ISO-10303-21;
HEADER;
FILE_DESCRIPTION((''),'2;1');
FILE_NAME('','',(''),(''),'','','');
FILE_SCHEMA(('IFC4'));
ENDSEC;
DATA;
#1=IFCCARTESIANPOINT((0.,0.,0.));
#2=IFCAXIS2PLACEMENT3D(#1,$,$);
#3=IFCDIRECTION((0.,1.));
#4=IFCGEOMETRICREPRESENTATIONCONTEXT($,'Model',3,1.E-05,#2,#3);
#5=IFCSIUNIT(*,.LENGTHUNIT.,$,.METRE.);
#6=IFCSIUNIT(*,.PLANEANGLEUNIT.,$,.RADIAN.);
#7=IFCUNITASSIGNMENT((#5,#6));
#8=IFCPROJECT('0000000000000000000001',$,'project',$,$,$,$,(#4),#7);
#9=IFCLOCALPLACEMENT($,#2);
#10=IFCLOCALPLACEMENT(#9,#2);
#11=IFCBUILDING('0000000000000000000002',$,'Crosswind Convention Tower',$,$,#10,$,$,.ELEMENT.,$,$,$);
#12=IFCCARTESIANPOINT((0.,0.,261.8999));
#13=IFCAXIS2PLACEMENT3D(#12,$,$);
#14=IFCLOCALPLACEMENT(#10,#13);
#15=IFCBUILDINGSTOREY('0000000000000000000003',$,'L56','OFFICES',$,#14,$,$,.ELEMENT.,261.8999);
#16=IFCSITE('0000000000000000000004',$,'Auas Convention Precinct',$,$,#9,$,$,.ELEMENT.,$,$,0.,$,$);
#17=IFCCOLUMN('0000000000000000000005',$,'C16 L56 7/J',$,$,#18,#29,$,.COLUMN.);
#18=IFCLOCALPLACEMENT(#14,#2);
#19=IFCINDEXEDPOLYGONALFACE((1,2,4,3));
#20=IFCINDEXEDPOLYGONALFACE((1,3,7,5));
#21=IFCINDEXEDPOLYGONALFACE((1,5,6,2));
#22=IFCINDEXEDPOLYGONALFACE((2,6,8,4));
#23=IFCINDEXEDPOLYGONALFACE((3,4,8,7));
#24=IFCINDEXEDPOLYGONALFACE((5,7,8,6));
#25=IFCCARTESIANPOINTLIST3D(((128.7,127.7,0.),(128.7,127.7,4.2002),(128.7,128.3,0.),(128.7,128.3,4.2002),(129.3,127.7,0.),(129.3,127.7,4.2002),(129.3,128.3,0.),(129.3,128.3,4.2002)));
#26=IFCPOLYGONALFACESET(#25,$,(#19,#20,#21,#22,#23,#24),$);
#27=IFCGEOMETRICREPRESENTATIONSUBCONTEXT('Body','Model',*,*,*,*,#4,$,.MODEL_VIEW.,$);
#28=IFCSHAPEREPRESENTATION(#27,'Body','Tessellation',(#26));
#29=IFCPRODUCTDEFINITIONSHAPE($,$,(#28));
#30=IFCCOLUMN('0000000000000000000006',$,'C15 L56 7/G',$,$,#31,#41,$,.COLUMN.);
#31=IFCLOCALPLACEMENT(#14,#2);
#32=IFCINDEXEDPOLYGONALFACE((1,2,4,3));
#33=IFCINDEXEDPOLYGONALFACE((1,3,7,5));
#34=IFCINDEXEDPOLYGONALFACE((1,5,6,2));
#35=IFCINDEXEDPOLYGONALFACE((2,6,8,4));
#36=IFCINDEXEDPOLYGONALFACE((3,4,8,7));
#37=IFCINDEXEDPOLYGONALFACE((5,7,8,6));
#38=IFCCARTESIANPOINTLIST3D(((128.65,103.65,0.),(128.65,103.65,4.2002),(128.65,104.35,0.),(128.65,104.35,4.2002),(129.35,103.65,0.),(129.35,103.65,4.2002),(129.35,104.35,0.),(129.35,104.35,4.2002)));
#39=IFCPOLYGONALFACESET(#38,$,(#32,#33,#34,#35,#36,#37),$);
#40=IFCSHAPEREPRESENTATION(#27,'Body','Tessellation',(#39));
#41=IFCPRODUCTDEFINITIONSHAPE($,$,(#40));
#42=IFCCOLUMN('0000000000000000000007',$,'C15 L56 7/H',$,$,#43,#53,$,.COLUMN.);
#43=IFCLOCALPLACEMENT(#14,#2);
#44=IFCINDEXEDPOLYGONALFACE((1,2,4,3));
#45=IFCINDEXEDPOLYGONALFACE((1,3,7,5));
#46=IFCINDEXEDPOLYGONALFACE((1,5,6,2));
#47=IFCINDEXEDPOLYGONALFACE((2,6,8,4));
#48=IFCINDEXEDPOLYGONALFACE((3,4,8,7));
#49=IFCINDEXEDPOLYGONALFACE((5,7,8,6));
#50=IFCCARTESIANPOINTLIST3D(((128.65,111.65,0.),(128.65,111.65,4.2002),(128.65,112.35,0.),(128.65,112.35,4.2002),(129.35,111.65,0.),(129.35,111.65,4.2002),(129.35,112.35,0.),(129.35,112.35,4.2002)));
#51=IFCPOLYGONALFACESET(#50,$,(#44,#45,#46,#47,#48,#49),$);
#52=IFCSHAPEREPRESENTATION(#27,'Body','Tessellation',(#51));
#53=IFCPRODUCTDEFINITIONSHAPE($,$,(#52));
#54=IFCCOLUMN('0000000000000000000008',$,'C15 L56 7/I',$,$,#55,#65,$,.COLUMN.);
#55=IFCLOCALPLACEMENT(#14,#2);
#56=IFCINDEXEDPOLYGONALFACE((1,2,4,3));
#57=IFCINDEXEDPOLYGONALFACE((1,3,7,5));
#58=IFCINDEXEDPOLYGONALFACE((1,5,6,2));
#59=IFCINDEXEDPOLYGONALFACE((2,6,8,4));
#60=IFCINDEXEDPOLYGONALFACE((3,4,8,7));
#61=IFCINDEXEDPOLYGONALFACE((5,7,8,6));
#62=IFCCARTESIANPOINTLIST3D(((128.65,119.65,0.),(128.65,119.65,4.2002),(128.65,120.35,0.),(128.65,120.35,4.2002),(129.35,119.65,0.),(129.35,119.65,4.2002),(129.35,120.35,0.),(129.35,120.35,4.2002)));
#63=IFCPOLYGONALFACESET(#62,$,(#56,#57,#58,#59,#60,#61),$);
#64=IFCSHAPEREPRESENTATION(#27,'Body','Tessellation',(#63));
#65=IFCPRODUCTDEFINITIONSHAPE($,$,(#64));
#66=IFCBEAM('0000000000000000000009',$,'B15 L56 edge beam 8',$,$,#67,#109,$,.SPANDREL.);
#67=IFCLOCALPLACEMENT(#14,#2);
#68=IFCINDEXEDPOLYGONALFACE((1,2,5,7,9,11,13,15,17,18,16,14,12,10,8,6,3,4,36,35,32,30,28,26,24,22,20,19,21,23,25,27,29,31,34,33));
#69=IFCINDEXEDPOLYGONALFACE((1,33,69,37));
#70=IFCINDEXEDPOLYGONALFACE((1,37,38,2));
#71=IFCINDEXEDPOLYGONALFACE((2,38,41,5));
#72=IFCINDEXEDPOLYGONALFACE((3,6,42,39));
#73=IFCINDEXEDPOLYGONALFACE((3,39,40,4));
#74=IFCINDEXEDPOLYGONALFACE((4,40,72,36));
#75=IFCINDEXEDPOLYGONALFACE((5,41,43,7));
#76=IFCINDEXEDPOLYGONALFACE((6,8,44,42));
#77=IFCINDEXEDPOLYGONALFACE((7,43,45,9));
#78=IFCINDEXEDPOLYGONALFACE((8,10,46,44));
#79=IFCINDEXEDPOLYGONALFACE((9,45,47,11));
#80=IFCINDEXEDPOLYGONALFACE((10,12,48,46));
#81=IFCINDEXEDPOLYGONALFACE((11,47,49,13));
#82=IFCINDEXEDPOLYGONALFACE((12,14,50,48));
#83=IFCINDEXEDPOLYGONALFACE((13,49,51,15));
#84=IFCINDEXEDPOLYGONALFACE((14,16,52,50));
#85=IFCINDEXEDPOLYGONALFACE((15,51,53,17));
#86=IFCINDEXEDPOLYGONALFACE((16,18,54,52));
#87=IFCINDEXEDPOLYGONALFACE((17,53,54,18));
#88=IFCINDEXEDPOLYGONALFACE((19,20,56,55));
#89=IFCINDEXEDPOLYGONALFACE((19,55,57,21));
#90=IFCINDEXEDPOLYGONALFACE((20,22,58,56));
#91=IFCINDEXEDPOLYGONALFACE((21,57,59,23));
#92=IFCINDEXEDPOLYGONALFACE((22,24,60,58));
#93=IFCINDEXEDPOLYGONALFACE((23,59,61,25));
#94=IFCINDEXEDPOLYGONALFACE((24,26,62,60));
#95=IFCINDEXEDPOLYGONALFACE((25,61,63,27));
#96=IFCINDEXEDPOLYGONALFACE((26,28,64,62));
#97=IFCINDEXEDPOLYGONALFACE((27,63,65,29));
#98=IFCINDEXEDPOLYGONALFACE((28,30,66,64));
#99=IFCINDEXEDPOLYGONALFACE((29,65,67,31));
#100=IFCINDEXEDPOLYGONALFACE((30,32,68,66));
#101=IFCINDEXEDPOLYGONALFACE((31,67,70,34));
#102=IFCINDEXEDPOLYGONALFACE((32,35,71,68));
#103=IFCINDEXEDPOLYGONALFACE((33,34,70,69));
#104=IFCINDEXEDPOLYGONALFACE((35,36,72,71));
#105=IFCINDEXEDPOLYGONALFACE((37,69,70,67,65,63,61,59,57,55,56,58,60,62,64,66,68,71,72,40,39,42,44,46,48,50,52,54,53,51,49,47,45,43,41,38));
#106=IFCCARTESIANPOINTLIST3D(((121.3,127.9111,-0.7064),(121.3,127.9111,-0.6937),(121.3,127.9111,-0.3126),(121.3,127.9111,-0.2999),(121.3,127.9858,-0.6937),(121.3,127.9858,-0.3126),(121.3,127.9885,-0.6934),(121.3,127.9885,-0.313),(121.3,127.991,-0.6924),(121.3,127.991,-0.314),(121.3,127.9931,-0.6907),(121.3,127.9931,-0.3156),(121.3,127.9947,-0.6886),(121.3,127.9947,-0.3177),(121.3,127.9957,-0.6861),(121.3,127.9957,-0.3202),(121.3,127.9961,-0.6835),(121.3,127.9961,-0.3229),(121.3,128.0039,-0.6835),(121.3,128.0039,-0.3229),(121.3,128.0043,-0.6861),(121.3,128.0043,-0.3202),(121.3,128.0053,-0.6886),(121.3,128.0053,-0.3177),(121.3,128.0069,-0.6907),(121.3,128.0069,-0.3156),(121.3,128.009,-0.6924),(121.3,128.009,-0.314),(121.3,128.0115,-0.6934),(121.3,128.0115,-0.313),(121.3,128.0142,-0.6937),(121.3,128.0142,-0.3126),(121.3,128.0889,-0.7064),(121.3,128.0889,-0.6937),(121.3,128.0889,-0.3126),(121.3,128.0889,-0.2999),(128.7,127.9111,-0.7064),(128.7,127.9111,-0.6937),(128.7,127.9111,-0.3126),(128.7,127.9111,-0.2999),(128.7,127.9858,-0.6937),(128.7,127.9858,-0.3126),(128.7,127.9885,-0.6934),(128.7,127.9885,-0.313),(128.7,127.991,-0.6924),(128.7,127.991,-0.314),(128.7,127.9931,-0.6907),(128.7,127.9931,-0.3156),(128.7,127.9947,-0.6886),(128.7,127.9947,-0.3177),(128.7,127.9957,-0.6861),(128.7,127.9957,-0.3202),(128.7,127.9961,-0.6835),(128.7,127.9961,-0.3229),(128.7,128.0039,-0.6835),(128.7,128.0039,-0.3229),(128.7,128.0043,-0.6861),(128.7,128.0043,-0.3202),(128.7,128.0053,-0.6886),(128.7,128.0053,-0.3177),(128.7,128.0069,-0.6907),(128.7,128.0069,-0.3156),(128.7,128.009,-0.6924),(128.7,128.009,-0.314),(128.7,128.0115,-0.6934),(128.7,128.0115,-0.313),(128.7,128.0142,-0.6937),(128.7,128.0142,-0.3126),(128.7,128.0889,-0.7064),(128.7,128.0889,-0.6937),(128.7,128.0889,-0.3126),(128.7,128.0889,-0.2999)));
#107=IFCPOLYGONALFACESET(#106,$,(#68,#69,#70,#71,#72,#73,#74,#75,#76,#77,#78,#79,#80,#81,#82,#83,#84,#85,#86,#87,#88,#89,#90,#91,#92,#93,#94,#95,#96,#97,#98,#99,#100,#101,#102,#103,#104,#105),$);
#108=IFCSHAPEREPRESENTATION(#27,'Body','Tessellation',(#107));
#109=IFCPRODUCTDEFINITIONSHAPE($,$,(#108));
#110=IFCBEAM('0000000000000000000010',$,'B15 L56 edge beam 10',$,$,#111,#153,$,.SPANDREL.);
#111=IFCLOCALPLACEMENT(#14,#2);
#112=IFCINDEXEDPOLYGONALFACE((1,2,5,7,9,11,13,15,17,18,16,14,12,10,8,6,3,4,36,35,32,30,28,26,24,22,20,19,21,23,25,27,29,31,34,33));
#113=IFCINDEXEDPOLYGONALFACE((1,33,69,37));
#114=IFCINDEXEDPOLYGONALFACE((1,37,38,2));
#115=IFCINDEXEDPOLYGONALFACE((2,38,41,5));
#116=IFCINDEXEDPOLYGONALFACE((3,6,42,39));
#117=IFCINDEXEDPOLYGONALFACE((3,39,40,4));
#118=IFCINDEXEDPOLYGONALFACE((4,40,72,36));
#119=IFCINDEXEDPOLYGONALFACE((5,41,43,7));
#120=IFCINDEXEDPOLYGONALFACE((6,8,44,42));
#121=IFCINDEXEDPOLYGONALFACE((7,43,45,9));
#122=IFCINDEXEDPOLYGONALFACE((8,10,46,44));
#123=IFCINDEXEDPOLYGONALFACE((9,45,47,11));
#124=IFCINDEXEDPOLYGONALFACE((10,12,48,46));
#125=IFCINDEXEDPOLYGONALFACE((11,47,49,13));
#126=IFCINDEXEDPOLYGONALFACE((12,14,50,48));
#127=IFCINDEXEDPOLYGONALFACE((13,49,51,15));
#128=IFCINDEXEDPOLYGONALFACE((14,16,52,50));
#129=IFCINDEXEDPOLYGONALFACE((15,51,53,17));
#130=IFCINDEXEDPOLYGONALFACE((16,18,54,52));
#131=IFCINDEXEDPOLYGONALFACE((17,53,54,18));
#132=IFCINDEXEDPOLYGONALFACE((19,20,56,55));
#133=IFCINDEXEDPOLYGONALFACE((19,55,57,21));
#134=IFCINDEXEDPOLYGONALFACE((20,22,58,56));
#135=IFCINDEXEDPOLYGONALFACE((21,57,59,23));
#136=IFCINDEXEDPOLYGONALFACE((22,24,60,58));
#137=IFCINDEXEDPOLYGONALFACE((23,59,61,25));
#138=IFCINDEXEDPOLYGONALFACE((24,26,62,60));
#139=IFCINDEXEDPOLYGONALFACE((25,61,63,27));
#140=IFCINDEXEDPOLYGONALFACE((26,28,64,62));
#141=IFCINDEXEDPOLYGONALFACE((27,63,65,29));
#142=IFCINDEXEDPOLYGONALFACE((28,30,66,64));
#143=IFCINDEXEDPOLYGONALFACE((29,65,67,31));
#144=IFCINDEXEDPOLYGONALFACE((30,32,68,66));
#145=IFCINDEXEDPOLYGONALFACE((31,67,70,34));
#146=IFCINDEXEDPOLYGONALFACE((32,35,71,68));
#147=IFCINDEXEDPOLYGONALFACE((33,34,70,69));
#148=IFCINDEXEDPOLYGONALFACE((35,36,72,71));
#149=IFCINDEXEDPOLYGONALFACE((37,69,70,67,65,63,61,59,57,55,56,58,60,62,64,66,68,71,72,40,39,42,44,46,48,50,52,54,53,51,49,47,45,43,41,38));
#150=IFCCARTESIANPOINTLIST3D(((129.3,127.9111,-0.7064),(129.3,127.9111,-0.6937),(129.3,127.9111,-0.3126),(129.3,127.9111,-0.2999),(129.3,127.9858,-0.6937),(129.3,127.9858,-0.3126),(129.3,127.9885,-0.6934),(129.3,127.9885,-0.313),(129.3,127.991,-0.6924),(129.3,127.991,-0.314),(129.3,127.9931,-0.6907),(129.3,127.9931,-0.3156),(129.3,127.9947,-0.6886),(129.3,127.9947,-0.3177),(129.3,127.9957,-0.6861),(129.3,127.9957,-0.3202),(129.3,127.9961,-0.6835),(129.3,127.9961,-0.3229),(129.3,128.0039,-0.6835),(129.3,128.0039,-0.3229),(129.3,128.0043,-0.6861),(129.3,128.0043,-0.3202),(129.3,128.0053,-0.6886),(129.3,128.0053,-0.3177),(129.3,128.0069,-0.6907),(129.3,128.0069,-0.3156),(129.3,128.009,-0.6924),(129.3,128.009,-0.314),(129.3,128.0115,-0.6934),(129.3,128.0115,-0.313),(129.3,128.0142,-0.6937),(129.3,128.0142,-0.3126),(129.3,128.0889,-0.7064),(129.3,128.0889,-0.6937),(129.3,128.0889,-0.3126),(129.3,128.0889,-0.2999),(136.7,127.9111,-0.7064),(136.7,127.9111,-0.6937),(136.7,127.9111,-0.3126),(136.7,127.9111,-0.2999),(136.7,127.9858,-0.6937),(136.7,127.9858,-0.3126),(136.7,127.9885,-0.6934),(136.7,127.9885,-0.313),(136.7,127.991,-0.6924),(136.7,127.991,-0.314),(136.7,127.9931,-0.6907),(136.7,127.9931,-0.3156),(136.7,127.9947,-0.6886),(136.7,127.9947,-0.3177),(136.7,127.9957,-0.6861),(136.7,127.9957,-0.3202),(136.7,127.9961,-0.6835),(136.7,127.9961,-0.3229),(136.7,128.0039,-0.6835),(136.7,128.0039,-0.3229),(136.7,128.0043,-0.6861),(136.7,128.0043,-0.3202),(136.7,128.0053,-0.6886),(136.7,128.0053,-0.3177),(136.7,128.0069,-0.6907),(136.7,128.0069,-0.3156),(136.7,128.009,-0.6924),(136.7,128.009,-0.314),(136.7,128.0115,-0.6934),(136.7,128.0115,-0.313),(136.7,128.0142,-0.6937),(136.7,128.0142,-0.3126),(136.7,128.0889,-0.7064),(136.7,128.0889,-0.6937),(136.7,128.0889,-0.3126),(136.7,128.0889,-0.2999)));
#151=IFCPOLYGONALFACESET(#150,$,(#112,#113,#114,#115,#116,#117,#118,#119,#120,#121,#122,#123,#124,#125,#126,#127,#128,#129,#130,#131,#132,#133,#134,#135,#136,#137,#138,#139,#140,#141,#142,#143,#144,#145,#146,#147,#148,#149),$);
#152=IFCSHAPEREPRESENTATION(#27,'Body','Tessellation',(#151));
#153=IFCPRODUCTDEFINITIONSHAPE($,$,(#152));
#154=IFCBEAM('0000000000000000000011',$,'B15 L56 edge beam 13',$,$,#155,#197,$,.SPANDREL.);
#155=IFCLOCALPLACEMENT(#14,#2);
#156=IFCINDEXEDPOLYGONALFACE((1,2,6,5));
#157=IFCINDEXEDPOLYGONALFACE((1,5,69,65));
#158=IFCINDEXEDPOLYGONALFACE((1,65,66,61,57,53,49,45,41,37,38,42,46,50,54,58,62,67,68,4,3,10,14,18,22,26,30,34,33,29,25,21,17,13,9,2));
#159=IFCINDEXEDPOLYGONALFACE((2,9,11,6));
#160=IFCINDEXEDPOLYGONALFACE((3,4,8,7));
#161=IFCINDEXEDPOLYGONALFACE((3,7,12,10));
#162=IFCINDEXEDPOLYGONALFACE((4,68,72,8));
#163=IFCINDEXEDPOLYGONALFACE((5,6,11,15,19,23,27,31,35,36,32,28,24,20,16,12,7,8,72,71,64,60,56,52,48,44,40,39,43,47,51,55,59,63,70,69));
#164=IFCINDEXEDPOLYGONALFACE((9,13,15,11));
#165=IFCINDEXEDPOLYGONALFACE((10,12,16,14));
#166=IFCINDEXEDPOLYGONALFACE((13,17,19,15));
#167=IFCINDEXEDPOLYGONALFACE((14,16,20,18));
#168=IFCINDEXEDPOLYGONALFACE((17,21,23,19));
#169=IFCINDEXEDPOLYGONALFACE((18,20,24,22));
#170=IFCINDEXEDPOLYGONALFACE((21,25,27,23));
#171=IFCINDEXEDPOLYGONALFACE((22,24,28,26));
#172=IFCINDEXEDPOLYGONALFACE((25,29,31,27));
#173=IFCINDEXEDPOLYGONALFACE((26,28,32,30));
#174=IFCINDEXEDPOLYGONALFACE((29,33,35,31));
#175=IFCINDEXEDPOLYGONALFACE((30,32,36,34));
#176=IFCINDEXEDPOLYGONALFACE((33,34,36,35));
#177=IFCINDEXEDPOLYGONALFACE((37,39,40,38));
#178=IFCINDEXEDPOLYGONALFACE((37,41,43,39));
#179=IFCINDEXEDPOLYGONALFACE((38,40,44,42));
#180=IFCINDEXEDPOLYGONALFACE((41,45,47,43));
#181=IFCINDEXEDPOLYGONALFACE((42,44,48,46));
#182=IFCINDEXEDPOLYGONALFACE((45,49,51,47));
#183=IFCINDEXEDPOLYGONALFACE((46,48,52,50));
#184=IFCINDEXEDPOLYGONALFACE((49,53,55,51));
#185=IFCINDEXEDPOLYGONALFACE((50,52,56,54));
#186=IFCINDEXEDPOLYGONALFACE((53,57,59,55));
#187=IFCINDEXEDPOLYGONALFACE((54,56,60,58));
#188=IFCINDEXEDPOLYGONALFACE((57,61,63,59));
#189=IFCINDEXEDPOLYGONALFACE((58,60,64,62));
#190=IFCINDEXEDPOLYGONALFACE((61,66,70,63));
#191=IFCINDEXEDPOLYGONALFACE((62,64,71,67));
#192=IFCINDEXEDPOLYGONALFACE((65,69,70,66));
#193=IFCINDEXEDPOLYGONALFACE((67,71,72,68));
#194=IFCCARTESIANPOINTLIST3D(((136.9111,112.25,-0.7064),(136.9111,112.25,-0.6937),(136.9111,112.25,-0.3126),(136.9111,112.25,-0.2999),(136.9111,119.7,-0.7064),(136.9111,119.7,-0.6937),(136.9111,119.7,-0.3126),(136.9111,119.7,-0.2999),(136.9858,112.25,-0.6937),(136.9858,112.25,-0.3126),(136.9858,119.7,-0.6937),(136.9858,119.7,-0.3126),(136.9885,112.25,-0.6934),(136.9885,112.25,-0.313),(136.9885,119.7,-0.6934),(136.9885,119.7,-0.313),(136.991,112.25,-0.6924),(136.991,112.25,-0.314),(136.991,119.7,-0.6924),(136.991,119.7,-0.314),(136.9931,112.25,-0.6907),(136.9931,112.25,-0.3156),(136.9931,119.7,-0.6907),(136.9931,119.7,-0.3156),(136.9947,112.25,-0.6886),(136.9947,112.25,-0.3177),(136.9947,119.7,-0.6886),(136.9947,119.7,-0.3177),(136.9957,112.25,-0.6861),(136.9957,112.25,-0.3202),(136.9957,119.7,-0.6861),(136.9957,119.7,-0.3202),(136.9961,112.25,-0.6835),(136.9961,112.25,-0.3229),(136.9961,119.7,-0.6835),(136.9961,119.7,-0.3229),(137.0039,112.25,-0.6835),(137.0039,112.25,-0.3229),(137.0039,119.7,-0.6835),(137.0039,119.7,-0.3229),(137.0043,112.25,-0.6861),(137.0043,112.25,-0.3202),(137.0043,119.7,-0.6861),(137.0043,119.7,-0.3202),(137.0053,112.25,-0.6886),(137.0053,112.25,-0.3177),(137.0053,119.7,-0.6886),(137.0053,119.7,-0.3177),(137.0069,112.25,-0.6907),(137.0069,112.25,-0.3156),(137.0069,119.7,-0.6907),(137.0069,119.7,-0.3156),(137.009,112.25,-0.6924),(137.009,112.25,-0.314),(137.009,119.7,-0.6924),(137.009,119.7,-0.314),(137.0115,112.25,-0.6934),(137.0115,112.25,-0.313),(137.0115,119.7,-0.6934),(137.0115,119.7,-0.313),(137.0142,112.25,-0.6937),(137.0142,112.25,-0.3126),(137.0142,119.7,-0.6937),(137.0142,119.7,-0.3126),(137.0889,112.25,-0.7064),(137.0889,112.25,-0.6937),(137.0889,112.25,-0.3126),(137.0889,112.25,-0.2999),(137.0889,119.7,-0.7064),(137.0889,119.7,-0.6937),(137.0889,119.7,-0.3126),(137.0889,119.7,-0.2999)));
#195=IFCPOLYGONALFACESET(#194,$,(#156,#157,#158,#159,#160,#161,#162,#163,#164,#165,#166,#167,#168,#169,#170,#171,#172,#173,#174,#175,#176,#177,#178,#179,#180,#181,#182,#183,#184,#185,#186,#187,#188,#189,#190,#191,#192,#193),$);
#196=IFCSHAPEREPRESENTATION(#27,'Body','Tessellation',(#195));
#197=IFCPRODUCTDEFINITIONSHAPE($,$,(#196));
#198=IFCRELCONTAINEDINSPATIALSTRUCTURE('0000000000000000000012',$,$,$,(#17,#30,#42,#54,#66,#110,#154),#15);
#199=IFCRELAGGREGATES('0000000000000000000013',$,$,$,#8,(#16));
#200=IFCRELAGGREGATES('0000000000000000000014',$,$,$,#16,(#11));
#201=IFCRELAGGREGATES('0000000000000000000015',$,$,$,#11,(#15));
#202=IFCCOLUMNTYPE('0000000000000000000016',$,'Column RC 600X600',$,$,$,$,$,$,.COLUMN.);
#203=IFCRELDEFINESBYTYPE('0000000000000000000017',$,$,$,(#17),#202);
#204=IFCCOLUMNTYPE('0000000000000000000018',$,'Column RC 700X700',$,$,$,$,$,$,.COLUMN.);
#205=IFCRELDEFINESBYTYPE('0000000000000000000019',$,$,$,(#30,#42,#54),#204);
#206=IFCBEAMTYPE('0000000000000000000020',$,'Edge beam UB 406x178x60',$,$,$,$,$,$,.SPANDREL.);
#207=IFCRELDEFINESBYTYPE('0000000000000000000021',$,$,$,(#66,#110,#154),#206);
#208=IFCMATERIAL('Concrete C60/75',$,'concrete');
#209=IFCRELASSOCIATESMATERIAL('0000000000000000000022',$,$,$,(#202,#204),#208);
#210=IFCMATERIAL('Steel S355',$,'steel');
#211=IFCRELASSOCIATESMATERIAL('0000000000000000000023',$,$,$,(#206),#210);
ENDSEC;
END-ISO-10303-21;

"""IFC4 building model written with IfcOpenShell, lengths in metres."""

from ifc_helpers import new_model, si_unit, direction, frame, origin, origin_2d, place, context, subcontext, project, spatial, rectangle, i_section, extrude, material, material_profile, profile_set, type_object, element, save


model = new_model("IFC4")

# Units and contexts
model_context = context("Model", 3, precision=1e-05, world=origin(), true_north=direction((0.0, 1.0)))
body_context = subcontext(model_context, "Body", "Model", "MODEL_VIEW")
ifc_project = project(units=[si_unit("LENGTHUNIT", "METRE"), si_unit("PLANEANGLEUNIT", "RADIAN")], contexts=[model_context])

# Site, building, storey
site_placement = place(None, origin())
site = spatial("IfcSite", under=ifc_project, at=site_placement, Name="Auas Convention Precinct", CompositionType="ELEMENT", RefElevation=0.0)
building_placement = place(site_placement, origin())
building = spatial("IfcBuilding", under=site, at=building_placement, Name="Crosswind Convention Tower", CompositionType="ELEMENT")
storey_placement = place(building_placement, frame((0.0, 0.0, 261.8999)))
storey = spatial("IfcBuildingStorey", under=building, at=storey_placement, Name="L56", Description="OFFICES", CompositionType="ELEMENT", Elevation=261.8999)

# Columns
ifc_material_1 = material(Name="Concrete C60/75", Category="concrete")
ifc_material_profile_1 = material_profile(ifc_material_1, rectangle(XDim=0.6001, YDim=0.6001, at=origin_2d()), Name="RC 600X600")
ifc_profile_set_1 = profile_set([ifc_material_profile_1], Name="Concrete C60/75")
column_type_1 = type_object("IfcColumnType", Name="Column RC 600X600", PredefinedType="COLUMN", material=ifc_profile_set_1)
column_placement = place(storey_placement, frame((129.0, 128.0, 0.0), z_axis=(0.0, 0.0, 1.0), x_axis=(1.0, 0.0, 0.0)))
element("IfcColumn", 1, at=column_placement, inside=storey, type_object=column_type_1, Name="C16 L56 7/J", PredefinedType="COLUMN", context=body_context, shape_type="SweptSolid", body=[
    extrude(rectangle(XDim=0.6001, YDim=0.6001, at=origin_2d()), origin(), (0.0, 0.0, 1.0), 4.2002),
])
ifc_material_profile_2 = material_profile(ifc_material_1, rectangle(XDim=0.7, YDim=0.7, at=origin_2d()), Name="RC 700X700")
ifc_profile_set_2 = profile_set([ifc_material_profile_2], Name="Concrete C60/75")
column_type_2 = type_object("IfcColumnType", Name="Column RC 700X700", PredefinedType="COLUMN", material=ifc_profile_set_2)
for number, where, z_axis, x_axis, name in (
    (2, (129.0, 104.0, 0.0), (0.0, 0.0, 1.0), (1.0, 0.0, 0.0), "C15 L56 7/G"),
    (3, (129.0, 112.0, 0.0), (0.0, 0.0, 1.0), (1.0, 0.0, 0.0), "C15 L56 7/H"),
    (4, (129.0, 120.0, 0.0), (0.0, 0.0, 1.0), (1.0, 0.0, 0.0), "C15 L56 7/I"),
):
    element("IfcColumn", number, at=place(storey_placement, frame(where, z_axis=z_axis, x_axis=x_axis)), inside=storey, type_object=column_type_2, Name=name, PredefinedType="COLUMN", context=body_context, shape_type="SweptSolid", body=[
        extrude(rectangle(XDim=0.7, YDim=0.7, at=origin_2d()), origin(), (0.0, 0.0, 1.0), 4.2002),
    ])

# Beams
ifc_material_2 = material(Name="Steel S355", Category="steel")
ifc_material_profile_3 = material_profile(ifc_material_2, i_section(OverallWidth=0.1777, OverallDepth=0.4065, WebThickness=0.0078, FlangeThickness=0.0127, FilletRadius=0.0103, at=origin_2d()), Name="UB 406x178x60")
ifc_profile_set_3 = profile_set([ifc_material_profile_3], Name="Steel S355")
beam_type_1 = type_object("IfcBeamType", Name="Edge beam UB 406x178x60", PredefinedType="SPANDREL", material=ifc_profile_set_3)
for number, where, z_axis, x_axis, name in (
    (5, (121.3, 128.0, -0.5032), (1.0, 0.0, 0.0), (0.0, 1.0, 0.0), "B15 L56 edge beam 8"),
    (6, (129.3, 128.0, -0.5032), (1.0, 0.0, 0.0), (0.0, 1.0, 0.0), "B15 L56 edge beam 10"),
):
    element("IfcBeam", number, at=place(storey_placement, frame(where, z_axis=z_axis, x_axis=x_axis)), inside=storey, type_object=beam_type_1, Name=name, PredefinedType="SPANDREL", context=body_context, shape_type="SweptSolid", body=[
        extrude(i_section(OverallWidth=0.1777, OverallDepth=0.4065, WebThickness=0.0078, FlangeThickness=0.0127, FilletRadius=0.0103, at=origin_2d()), origin(), (0.0, 0.0, 1.0), 7.3999),
    ])
beam_placement = place(storey_placement, frame((137.0, 112.25, -0.5032), z_axis=(0.0, 1.0, 0.0), x_axis=(-1.0, 0.0, 0.0)))
element("IfcBeam", 7, at=beam_placement, inside=storey, type_object=beam_type_1, Name="B15 L56 edge beam 13", PredefinedType="SPANDREL", context=body_context, shape_type="SweptSolid", body=[
    extrude(i_section(OverallWidth=0.1777, OverallDepth=0.4065, WebThickness=0.0078, FlangeThickness=0.0127, FilletRadius=0.0103, at=origin_2d()), origin(), (0.0, 0.0, 1.0), 7.45),
])

save(model, "model.ifc")
